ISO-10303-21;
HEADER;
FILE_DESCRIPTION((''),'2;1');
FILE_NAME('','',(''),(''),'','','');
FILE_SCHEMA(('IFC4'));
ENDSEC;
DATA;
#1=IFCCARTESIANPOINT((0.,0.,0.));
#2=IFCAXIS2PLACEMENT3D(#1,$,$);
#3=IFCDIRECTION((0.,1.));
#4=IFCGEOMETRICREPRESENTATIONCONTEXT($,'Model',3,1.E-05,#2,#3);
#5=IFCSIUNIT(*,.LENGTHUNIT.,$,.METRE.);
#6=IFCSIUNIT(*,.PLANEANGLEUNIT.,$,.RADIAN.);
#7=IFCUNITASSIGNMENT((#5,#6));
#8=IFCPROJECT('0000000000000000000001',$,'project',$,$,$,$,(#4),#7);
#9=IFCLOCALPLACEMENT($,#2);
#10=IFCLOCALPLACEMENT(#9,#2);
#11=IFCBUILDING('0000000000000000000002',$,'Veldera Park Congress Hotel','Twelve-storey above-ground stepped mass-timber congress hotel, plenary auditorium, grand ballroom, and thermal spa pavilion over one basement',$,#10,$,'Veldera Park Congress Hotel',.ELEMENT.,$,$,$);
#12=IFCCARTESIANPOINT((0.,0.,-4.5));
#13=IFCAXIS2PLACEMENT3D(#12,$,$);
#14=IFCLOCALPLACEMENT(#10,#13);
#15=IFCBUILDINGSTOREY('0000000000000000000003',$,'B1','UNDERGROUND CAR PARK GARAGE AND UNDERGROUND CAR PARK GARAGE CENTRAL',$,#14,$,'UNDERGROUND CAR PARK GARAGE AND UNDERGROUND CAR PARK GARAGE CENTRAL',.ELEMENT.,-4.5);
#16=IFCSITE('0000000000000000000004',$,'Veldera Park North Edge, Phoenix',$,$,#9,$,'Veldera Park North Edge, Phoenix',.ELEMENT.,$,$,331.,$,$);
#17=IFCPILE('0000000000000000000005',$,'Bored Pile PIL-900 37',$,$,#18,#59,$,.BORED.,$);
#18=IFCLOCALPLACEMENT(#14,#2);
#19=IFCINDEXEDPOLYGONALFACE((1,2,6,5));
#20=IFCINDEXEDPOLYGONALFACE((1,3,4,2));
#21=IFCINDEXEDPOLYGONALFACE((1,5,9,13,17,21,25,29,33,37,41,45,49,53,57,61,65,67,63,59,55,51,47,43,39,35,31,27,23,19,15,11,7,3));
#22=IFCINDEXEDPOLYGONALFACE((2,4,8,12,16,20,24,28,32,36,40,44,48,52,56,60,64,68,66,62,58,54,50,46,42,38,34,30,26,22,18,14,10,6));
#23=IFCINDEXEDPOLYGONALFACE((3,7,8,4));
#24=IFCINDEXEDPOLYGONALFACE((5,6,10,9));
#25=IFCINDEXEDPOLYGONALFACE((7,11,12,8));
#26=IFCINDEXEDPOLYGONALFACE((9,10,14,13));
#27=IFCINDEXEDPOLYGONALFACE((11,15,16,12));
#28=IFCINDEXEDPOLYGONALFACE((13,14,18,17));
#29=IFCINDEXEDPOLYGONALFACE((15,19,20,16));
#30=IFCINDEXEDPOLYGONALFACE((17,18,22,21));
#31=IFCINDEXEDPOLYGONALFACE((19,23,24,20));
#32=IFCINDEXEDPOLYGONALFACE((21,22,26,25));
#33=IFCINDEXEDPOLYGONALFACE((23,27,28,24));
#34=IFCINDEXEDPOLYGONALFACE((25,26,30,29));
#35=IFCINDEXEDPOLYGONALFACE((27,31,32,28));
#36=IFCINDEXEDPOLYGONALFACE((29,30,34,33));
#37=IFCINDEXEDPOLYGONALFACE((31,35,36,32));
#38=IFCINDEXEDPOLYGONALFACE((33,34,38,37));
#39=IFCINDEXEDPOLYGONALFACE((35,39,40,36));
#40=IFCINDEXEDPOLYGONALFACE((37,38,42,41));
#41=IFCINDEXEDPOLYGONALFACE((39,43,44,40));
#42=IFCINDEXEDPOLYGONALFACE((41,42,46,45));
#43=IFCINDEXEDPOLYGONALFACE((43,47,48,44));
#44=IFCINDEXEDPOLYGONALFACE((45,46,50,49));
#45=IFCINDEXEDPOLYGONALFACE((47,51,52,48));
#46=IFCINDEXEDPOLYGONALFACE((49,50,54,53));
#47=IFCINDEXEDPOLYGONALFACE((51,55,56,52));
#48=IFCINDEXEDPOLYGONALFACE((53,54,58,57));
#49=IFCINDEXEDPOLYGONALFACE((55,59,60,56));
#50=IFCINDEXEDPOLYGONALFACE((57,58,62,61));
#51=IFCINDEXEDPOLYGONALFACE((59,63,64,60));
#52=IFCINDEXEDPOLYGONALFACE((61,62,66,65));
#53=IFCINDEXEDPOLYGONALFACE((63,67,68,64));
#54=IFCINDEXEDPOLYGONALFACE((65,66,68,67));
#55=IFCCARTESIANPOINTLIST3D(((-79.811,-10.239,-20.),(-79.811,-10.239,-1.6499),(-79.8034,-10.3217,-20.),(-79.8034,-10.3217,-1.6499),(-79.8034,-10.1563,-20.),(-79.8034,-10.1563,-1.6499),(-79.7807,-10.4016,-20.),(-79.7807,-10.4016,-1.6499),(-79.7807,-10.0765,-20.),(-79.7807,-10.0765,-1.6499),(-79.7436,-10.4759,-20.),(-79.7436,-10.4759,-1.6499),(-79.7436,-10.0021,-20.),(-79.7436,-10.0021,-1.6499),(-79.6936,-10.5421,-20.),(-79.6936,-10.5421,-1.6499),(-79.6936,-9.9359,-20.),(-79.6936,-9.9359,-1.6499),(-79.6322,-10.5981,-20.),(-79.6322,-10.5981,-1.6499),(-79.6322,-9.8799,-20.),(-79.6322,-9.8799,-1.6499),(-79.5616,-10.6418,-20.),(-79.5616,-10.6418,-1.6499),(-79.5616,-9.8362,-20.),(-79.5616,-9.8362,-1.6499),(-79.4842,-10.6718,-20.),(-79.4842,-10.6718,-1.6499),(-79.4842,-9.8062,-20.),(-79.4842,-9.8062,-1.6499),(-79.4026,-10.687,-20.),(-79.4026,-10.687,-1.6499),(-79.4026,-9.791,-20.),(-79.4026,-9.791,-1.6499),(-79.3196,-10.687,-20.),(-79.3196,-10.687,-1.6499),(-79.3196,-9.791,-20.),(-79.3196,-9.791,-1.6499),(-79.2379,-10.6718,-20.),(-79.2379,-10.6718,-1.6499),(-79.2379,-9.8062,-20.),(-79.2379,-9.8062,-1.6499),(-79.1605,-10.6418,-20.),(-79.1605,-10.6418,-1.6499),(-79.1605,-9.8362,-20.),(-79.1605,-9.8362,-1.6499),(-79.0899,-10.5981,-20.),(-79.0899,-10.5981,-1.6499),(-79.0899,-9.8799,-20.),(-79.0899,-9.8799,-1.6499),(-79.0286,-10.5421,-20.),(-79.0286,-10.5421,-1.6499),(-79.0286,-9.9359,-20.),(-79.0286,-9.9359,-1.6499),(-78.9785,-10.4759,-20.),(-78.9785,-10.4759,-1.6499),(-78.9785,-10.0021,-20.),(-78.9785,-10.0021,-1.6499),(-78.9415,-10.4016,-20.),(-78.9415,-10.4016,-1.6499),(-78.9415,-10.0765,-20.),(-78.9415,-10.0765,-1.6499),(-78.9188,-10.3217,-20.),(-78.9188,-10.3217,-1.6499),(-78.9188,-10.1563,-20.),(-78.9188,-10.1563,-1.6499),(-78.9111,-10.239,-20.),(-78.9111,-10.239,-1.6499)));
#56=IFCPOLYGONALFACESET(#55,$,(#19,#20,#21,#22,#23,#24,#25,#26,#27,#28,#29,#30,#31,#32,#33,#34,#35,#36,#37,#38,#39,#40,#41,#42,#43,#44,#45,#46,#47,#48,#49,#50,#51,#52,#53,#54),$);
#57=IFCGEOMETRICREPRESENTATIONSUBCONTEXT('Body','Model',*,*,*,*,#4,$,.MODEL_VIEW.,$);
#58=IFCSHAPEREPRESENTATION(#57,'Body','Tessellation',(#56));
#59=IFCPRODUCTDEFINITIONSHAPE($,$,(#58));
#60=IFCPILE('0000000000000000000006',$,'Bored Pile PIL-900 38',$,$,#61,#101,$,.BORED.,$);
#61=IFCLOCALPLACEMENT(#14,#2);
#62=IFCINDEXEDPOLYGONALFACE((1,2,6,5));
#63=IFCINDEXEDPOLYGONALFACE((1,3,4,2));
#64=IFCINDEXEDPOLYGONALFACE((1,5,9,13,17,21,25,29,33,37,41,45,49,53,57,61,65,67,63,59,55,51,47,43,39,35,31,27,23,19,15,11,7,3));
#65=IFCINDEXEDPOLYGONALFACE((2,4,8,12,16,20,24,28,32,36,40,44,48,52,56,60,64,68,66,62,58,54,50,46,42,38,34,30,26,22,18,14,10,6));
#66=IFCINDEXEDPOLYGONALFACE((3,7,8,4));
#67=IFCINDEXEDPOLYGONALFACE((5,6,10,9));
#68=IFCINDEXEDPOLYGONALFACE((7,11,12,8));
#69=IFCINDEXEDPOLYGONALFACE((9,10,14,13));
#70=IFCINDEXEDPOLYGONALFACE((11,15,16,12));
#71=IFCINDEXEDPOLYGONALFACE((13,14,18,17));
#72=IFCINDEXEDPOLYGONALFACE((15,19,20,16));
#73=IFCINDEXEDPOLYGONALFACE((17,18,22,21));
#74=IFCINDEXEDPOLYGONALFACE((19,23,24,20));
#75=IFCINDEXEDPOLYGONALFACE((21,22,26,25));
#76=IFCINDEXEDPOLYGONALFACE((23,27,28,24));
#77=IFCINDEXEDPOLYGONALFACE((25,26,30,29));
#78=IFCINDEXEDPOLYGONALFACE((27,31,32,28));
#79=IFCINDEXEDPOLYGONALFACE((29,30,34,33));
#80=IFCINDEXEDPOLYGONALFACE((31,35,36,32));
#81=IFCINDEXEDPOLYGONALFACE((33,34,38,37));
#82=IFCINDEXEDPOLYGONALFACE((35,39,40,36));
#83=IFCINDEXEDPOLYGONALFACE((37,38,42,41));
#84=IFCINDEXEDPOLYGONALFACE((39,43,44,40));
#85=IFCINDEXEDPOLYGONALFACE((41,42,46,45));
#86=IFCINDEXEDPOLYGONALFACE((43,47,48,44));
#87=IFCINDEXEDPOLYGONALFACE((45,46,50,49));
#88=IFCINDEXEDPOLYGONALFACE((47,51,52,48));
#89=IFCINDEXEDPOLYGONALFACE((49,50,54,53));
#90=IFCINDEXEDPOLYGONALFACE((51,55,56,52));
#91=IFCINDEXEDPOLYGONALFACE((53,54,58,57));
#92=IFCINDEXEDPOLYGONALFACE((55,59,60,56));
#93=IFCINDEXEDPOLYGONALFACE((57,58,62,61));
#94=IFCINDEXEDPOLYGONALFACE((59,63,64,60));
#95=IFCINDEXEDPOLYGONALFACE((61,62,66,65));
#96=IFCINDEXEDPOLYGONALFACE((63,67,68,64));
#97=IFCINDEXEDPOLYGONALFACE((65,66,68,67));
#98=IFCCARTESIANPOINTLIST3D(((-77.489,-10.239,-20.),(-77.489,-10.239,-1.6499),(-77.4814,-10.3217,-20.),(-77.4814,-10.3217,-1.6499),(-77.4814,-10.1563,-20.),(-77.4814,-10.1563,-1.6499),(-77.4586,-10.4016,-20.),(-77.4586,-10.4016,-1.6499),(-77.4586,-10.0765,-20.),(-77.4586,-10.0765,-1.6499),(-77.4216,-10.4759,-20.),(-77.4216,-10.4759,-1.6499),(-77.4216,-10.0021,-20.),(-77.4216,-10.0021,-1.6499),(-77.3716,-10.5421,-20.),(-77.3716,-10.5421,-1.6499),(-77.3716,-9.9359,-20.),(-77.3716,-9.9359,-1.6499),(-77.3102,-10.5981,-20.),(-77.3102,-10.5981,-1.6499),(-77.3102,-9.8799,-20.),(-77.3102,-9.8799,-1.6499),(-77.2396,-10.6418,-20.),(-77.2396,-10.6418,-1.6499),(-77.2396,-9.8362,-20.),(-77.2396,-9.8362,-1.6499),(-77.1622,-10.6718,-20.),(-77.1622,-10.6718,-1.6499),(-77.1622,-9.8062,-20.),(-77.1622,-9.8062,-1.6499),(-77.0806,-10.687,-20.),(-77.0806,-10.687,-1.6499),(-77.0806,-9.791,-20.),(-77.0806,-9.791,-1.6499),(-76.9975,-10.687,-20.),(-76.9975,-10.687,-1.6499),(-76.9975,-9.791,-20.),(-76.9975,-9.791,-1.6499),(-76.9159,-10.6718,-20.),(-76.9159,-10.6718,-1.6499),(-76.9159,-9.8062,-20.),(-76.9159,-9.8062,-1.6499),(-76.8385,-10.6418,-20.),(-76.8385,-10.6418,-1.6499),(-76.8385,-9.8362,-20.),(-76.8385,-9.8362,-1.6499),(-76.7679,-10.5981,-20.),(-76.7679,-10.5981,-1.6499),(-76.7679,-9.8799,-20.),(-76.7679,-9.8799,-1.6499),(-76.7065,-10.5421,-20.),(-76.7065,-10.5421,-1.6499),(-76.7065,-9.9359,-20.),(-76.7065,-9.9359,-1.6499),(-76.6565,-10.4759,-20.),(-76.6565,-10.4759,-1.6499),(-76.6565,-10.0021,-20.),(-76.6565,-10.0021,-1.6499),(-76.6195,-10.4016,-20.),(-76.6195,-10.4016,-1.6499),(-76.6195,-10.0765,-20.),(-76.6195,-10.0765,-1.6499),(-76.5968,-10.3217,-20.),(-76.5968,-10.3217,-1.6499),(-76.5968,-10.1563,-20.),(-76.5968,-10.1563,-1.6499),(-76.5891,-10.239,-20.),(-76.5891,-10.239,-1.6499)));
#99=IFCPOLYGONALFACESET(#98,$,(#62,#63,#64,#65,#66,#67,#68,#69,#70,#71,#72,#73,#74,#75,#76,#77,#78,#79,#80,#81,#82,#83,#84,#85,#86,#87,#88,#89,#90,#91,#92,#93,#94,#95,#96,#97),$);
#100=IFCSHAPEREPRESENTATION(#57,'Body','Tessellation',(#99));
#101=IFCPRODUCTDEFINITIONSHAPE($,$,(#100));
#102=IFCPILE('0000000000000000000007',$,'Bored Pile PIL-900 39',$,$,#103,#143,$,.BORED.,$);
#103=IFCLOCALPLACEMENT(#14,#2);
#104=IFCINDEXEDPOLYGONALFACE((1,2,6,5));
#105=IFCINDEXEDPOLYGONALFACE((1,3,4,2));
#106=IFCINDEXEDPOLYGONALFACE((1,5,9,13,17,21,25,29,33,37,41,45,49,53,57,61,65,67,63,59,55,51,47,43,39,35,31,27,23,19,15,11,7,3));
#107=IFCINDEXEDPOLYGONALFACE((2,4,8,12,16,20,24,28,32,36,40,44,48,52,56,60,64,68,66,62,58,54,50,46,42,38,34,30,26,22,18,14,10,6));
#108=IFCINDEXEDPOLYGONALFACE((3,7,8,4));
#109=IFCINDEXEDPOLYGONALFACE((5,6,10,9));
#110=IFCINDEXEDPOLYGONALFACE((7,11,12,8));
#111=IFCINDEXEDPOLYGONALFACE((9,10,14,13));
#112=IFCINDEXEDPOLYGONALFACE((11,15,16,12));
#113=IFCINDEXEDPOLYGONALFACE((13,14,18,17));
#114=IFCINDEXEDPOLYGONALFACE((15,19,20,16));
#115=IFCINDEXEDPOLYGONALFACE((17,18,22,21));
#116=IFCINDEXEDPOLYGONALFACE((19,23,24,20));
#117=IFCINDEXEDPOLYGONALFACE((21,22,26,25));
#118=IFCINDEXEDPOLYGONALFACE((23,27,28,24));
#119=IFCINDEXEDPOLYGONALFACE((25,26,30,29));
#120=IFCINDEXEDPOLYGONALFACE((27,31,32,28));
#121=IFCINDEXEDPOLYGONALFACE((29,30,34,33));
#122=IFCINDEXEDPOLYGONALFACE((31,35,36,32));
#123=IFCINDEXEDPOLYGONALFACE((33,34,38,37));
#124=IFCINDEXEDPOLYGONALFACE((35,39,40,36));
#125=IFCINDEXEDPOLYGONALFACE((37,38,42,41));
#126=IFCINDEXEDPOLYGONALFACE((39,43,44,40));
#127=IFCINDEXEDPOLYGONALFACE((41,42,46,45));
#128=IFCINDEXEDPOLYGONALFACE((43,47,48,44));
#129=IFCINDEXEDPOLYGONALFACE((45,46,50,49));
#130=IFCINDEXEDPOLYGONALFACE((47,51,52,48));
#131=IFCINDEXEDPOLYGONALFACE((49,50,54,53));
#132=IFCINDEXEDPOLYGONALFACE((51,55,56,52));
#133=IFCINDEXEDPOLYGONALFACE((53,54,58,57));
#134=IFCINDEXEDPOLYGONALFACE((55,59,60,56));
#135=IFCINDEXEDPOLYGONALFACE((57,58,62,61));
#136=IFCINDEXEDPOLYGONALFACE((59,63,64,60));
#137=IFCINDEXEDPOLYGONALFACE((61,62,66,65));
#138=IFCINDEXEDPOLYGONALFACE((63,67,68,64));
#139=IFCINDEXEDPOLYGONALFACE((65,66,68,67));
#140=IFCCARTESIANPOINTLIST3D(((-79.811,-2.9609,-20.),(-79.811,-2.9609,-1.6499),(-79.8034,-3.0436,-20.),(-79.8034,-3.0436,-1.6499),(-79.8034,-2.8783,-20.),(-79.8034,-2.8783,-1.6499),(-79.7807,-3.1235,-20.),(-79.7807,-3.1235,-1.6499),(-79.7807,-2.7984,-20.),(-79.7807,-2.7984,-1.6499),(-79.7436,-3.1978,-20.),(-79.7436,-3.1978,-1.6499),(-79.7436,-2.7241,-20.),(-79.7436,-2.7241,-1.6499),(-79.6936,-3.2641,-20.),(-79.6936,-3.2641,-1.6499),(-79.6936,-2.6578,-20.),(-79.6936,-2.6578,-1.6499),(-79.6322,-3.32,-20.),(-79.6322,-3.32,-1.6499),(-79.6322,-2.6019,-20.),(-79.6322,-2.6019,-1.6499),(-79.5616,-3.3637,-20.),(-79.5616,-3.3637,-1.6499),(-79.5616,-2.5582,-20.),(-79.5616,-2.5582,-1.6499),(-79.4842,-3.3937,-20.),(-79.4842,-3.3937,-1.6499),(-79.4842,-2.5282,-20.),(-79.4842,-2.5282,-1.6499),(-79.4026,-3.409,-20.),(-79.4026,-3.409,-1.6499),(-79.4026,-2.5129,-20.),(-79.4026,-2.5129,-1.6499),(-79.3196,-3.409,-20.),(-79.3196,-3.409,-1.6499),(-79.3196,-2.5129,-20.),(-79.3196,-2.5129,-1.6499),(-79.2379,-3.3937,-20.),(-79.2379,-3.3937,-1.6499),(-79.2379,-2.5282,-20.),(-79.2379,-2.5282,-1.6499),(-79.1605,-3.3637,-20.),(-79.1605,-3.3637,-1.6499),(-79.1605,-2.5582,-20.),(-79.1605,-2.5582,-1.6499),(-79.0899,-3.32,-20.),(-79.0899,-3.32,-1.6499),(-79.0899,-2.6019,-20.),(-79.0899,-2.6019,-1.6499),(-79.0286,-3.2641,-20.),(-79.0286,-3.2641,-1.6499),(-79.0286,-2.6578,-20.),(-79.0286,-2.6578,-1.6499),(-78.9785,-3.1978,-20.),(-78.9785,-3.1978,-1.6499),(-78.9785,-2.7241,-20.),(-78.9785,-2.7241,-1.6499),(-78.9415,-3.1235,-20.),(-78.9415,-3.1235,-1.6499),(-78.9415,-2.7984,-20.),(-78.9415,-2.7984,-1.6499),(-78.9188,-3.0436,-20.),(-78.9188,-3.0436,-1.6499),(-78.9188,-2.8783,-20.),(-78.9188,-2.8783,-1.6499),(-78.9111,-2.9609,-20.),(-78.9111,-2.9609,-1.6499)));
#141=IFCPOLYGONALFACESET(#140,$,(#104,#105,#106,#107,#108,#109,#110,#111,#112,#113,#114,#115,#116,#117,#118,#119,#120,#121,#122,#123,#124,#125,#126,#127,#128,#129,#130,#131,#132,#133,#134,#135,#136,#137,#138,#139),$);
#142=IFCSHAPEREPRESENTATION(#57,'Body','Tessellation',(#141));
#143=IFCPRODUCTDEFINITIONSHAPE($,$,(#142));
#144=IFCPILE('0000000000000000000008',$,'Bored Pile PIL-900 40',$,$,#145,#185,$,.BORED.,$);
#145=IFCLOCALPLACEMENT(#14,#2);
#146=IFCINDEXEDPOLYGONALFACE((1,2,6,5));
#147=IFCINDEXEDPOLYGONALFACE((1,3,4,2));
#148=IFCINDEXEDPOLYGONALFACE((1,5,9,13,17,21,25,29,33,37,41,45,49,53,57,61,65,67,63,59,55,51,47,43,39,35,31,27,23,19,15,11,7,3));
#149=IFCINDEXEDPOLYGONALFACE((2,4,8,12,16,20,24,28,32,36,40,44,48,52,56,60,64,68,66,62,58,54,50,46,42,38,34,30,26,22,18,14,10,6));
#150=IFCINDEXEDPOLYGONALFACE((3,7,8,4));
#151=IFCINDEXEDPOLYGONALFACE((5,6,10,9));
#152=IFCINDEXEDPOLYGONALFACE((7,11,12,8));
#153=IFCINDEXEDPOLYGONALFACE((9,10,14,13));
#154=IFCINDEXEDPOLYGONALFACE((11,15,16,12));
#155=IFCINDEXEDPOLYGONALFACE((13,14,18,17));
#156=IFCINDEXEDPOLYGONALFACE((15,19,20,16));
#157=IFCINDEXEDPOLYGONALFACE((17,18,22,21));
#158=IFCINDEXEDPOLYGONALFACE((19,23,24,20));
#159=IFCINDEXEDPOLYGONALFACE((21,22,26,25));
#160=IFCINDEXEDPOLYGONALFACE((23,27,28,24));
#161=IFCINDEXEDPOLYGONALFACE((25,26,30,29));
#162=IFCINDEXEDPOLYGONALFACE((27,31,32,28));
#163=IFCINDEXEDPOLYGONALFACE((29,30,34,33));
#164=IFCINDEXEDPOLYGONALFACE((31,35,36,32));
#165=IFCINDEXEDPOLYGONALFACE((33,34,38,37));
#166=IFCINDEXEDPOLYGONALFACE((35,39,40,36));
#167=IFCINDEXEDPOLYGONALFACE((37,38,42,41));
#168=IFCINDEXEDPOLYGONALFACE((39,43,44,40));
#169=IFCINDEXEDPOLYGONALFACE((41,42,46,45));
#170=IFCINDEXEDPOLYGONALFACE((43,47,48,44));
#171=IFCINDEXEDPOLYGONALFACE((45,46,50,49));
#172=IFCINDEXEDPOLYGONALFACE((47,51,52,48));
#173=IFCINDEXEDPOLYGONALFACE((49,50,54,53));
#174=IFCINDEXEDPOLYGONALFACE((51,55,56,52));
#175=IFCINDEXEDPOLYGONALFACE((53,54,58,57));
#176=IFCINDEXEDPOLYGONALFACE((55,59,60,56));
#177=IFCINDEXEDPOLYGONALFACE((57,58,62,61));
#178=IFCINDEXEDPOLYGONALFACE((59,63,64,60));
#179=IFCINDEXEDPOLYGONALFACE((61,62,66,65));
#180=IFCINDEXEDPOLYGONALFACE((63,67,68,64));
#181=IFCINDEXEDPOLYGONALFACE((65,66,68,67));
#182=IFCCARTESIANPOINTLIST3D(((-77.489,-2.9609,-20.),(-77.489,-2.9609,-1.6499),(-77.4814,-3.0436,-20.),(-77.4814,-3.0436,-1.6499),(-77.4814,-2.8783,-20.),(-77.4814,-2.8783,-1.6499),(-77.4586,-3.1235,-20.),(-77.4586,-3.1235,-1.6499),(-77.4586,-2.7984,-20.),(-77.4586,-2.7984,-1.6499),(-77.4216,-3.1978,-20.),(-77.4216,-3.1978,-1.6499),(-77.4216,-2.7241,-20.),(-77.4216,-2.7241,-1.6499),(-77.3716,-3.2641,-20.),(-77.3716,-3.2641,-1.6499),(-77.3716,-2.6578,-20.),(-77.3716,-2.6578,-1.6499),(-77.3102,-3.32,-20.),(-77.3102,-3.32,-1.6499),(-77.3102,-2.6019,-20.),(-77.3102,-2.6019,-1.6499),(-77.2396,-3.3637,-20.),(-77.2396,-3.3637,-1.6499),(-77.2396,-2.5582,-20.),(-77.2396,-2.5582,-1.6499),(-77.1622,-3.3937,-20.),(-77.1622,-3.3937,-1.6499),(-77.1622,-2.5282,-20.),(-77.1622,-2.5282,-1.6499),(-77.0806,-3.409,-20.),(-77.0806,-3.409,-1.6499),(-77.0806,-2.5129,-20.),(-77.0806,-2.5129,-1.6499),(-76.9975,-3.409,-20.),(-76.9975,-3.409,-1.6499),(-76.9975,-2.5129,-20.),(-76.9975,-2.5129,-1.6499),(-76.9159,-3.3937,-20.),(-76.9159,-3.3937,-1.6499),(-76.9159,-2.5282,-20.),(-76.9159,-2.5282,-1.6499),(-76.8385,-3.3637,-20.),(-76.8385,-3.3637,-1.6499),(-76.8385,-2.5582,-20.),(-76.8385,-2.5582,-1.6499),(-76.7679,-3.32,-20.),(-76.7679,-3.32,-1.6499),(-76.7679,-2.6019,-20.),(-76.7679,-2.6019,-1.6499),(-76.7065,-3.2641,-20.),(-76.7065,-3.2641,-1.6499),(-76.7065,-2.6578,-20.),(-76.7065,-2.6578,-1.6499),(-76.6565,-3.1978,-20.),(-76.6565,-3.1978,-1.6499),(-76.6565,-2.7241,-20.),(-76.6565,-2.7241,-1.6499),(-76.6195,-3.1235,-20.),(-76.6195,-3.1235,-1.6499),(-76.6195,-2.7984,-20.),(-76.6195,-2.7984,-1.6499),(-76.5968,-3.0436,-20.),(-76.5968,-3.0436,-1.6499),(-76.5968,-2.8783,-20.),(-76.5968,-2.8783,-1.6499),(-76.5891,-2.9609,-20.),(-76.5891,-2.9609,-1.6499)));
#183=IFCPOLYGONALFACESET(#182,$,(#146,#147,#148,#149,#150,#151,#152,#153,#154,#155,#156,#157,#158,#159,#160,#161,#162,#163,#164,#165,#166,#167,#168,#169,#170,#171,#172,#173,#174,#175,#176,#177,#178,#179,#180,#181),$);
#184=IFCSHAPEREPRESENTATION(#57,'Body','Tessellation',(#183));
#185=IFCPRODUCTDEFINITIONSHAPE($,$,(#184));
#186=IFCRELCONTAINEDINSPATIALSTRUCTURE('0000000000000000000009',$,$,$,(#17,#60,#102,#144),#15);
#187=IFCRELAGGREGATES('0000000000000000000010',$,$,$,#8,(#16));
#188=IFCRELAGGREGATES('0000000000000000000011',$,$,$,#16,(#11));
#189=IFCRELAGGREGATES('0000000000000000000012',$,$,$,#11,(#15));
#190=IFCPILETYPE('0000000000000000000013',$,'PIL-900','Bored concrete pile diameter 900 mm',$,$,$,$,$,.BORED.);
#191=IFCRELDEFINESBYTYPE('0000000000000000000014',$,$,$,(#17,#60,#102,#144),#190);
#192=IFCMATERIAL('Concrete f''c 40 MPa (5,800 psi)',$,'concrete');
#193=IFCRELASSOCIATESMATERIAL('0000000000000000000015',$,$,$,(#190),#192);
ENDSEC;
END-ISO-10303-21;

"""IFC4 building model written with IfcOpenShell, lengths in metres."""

from ifc_helpers import new_model, si_unit, direction, frame, origin, origin_2d, place, context, subcontext, project, spatial, circle, extrude, material, material_profile, profile_set, type_object, element, save


model = new_model("IFC4")

# Units and contexts
model_context = context("Model", 3, precision=1e-05, world=origin(), true_north=direction((0.0, 1.0)))
body_context = subcontext(model_context, "Body", "Model", "MODEL_VIEW")
ifc_project = project(units=[si_unit("LENGTHUNIT", "METRE"), si_unit("PLANEANGLEUNIT", "RADIAN")], contexts=[model_context])

# Site, building, storey
site_placement = place(None, origin())
site = spatial("IfcSite", under=ifc_project, at=site_placement, Name="Veldera Park North Edge, Phoenix", LongName="Veldera Park North Edge, Phoenix", CompositionType="ELEMENT", RefElevation=331.0)
building_placement = place(site_placement, origin())
building = spatial("IfcBuilding", under=site, at=building_placement, Name="Veldera Park Congress Hotel", Description="Twelve-storey above-ground stepped mass-timber congress hotel, plenary auditorium, grand ballroom, and thermal spa pavilion over one basement", LongName="Veldera Park Congress Hotel", CompositionType="ELEMENT")
storey_placement = place(building_placement, frame((0.0, 0.0, -4.5)))
storey = spatial("IfcBuildingStorey", under=building, at=storey_placement, Name="B1", Description="UNDERGROUND CAR PARK GARAGE AND UNDERGROUND CAR PARK GARAGE CENTRAL", LongName="UNDERGROUND CAR PARK GARAGE AND UNDERGROUND CAR PARK GARAGE CENTRAL", CompositionType="ELEMENT", Elevation=-4.5)

# Shared definitions
ifc_material_1 = material(Name="Concrete f'c 40 MPa (5,800 psi)", Category="concrete")

# Piles
ifc_material_profile_1 = material_profile(ifc_material_1, circle(Radius=0.45, at=origin_2d()), Name="PILE D900")
ifc_profile_set_1 = profile_set([ifc_material_profile_1], Name="Concrete f'c 40 MPa (5,800 psi)")
pile_type_1 = type_object("IfcPileType", Name="PIL-900", Description="Bored concrete pile diameter 900 mm", PredefinedType="BORED", material=ifc_profile_set_1)
for number, where, z_axis, x_axis, name in (
    (1, (-79.3611, -10.239, -1.6499), (0.0, 0.0, -1.0), (1.0, 0.0, 0.0), "Bored Pile PIL-900 37"),
    (2, (-77.0391, -10.239, -1.6499), (0.0, 0.0, -1.0), (1.0, 0.0, 0.0), "Bored Pile PIL-900 38"),
    (3, (-79.3611, -2.9609, -1.6499), (0.0, 0.0, -1.0), (1.0, 0.0, 0.0), "Bored Pile PIL-900 39"),
    (4, (-77.0391, -2.9609, -1.6499), (0.0, 0.0, -1.0), (1.0, 0.0, 0.0), "Bored Pile PIL-900 40"),
):
    element("IfcPile", number, at=place(storey_placement, frame(where, z_axis=z_axis, x_axis=x_axis)), inside=storey, type_object=pile_type_1, Name=name, PredefinedType="BORED", context=body_context, shape_type="SweptSolid", body=[
        extrude(circle(Radius=0.45, at=origin_2d()), origin(), (0.0, 0.0, 1.0), 18.3501),
    ])

save(model, "model.ifc")
